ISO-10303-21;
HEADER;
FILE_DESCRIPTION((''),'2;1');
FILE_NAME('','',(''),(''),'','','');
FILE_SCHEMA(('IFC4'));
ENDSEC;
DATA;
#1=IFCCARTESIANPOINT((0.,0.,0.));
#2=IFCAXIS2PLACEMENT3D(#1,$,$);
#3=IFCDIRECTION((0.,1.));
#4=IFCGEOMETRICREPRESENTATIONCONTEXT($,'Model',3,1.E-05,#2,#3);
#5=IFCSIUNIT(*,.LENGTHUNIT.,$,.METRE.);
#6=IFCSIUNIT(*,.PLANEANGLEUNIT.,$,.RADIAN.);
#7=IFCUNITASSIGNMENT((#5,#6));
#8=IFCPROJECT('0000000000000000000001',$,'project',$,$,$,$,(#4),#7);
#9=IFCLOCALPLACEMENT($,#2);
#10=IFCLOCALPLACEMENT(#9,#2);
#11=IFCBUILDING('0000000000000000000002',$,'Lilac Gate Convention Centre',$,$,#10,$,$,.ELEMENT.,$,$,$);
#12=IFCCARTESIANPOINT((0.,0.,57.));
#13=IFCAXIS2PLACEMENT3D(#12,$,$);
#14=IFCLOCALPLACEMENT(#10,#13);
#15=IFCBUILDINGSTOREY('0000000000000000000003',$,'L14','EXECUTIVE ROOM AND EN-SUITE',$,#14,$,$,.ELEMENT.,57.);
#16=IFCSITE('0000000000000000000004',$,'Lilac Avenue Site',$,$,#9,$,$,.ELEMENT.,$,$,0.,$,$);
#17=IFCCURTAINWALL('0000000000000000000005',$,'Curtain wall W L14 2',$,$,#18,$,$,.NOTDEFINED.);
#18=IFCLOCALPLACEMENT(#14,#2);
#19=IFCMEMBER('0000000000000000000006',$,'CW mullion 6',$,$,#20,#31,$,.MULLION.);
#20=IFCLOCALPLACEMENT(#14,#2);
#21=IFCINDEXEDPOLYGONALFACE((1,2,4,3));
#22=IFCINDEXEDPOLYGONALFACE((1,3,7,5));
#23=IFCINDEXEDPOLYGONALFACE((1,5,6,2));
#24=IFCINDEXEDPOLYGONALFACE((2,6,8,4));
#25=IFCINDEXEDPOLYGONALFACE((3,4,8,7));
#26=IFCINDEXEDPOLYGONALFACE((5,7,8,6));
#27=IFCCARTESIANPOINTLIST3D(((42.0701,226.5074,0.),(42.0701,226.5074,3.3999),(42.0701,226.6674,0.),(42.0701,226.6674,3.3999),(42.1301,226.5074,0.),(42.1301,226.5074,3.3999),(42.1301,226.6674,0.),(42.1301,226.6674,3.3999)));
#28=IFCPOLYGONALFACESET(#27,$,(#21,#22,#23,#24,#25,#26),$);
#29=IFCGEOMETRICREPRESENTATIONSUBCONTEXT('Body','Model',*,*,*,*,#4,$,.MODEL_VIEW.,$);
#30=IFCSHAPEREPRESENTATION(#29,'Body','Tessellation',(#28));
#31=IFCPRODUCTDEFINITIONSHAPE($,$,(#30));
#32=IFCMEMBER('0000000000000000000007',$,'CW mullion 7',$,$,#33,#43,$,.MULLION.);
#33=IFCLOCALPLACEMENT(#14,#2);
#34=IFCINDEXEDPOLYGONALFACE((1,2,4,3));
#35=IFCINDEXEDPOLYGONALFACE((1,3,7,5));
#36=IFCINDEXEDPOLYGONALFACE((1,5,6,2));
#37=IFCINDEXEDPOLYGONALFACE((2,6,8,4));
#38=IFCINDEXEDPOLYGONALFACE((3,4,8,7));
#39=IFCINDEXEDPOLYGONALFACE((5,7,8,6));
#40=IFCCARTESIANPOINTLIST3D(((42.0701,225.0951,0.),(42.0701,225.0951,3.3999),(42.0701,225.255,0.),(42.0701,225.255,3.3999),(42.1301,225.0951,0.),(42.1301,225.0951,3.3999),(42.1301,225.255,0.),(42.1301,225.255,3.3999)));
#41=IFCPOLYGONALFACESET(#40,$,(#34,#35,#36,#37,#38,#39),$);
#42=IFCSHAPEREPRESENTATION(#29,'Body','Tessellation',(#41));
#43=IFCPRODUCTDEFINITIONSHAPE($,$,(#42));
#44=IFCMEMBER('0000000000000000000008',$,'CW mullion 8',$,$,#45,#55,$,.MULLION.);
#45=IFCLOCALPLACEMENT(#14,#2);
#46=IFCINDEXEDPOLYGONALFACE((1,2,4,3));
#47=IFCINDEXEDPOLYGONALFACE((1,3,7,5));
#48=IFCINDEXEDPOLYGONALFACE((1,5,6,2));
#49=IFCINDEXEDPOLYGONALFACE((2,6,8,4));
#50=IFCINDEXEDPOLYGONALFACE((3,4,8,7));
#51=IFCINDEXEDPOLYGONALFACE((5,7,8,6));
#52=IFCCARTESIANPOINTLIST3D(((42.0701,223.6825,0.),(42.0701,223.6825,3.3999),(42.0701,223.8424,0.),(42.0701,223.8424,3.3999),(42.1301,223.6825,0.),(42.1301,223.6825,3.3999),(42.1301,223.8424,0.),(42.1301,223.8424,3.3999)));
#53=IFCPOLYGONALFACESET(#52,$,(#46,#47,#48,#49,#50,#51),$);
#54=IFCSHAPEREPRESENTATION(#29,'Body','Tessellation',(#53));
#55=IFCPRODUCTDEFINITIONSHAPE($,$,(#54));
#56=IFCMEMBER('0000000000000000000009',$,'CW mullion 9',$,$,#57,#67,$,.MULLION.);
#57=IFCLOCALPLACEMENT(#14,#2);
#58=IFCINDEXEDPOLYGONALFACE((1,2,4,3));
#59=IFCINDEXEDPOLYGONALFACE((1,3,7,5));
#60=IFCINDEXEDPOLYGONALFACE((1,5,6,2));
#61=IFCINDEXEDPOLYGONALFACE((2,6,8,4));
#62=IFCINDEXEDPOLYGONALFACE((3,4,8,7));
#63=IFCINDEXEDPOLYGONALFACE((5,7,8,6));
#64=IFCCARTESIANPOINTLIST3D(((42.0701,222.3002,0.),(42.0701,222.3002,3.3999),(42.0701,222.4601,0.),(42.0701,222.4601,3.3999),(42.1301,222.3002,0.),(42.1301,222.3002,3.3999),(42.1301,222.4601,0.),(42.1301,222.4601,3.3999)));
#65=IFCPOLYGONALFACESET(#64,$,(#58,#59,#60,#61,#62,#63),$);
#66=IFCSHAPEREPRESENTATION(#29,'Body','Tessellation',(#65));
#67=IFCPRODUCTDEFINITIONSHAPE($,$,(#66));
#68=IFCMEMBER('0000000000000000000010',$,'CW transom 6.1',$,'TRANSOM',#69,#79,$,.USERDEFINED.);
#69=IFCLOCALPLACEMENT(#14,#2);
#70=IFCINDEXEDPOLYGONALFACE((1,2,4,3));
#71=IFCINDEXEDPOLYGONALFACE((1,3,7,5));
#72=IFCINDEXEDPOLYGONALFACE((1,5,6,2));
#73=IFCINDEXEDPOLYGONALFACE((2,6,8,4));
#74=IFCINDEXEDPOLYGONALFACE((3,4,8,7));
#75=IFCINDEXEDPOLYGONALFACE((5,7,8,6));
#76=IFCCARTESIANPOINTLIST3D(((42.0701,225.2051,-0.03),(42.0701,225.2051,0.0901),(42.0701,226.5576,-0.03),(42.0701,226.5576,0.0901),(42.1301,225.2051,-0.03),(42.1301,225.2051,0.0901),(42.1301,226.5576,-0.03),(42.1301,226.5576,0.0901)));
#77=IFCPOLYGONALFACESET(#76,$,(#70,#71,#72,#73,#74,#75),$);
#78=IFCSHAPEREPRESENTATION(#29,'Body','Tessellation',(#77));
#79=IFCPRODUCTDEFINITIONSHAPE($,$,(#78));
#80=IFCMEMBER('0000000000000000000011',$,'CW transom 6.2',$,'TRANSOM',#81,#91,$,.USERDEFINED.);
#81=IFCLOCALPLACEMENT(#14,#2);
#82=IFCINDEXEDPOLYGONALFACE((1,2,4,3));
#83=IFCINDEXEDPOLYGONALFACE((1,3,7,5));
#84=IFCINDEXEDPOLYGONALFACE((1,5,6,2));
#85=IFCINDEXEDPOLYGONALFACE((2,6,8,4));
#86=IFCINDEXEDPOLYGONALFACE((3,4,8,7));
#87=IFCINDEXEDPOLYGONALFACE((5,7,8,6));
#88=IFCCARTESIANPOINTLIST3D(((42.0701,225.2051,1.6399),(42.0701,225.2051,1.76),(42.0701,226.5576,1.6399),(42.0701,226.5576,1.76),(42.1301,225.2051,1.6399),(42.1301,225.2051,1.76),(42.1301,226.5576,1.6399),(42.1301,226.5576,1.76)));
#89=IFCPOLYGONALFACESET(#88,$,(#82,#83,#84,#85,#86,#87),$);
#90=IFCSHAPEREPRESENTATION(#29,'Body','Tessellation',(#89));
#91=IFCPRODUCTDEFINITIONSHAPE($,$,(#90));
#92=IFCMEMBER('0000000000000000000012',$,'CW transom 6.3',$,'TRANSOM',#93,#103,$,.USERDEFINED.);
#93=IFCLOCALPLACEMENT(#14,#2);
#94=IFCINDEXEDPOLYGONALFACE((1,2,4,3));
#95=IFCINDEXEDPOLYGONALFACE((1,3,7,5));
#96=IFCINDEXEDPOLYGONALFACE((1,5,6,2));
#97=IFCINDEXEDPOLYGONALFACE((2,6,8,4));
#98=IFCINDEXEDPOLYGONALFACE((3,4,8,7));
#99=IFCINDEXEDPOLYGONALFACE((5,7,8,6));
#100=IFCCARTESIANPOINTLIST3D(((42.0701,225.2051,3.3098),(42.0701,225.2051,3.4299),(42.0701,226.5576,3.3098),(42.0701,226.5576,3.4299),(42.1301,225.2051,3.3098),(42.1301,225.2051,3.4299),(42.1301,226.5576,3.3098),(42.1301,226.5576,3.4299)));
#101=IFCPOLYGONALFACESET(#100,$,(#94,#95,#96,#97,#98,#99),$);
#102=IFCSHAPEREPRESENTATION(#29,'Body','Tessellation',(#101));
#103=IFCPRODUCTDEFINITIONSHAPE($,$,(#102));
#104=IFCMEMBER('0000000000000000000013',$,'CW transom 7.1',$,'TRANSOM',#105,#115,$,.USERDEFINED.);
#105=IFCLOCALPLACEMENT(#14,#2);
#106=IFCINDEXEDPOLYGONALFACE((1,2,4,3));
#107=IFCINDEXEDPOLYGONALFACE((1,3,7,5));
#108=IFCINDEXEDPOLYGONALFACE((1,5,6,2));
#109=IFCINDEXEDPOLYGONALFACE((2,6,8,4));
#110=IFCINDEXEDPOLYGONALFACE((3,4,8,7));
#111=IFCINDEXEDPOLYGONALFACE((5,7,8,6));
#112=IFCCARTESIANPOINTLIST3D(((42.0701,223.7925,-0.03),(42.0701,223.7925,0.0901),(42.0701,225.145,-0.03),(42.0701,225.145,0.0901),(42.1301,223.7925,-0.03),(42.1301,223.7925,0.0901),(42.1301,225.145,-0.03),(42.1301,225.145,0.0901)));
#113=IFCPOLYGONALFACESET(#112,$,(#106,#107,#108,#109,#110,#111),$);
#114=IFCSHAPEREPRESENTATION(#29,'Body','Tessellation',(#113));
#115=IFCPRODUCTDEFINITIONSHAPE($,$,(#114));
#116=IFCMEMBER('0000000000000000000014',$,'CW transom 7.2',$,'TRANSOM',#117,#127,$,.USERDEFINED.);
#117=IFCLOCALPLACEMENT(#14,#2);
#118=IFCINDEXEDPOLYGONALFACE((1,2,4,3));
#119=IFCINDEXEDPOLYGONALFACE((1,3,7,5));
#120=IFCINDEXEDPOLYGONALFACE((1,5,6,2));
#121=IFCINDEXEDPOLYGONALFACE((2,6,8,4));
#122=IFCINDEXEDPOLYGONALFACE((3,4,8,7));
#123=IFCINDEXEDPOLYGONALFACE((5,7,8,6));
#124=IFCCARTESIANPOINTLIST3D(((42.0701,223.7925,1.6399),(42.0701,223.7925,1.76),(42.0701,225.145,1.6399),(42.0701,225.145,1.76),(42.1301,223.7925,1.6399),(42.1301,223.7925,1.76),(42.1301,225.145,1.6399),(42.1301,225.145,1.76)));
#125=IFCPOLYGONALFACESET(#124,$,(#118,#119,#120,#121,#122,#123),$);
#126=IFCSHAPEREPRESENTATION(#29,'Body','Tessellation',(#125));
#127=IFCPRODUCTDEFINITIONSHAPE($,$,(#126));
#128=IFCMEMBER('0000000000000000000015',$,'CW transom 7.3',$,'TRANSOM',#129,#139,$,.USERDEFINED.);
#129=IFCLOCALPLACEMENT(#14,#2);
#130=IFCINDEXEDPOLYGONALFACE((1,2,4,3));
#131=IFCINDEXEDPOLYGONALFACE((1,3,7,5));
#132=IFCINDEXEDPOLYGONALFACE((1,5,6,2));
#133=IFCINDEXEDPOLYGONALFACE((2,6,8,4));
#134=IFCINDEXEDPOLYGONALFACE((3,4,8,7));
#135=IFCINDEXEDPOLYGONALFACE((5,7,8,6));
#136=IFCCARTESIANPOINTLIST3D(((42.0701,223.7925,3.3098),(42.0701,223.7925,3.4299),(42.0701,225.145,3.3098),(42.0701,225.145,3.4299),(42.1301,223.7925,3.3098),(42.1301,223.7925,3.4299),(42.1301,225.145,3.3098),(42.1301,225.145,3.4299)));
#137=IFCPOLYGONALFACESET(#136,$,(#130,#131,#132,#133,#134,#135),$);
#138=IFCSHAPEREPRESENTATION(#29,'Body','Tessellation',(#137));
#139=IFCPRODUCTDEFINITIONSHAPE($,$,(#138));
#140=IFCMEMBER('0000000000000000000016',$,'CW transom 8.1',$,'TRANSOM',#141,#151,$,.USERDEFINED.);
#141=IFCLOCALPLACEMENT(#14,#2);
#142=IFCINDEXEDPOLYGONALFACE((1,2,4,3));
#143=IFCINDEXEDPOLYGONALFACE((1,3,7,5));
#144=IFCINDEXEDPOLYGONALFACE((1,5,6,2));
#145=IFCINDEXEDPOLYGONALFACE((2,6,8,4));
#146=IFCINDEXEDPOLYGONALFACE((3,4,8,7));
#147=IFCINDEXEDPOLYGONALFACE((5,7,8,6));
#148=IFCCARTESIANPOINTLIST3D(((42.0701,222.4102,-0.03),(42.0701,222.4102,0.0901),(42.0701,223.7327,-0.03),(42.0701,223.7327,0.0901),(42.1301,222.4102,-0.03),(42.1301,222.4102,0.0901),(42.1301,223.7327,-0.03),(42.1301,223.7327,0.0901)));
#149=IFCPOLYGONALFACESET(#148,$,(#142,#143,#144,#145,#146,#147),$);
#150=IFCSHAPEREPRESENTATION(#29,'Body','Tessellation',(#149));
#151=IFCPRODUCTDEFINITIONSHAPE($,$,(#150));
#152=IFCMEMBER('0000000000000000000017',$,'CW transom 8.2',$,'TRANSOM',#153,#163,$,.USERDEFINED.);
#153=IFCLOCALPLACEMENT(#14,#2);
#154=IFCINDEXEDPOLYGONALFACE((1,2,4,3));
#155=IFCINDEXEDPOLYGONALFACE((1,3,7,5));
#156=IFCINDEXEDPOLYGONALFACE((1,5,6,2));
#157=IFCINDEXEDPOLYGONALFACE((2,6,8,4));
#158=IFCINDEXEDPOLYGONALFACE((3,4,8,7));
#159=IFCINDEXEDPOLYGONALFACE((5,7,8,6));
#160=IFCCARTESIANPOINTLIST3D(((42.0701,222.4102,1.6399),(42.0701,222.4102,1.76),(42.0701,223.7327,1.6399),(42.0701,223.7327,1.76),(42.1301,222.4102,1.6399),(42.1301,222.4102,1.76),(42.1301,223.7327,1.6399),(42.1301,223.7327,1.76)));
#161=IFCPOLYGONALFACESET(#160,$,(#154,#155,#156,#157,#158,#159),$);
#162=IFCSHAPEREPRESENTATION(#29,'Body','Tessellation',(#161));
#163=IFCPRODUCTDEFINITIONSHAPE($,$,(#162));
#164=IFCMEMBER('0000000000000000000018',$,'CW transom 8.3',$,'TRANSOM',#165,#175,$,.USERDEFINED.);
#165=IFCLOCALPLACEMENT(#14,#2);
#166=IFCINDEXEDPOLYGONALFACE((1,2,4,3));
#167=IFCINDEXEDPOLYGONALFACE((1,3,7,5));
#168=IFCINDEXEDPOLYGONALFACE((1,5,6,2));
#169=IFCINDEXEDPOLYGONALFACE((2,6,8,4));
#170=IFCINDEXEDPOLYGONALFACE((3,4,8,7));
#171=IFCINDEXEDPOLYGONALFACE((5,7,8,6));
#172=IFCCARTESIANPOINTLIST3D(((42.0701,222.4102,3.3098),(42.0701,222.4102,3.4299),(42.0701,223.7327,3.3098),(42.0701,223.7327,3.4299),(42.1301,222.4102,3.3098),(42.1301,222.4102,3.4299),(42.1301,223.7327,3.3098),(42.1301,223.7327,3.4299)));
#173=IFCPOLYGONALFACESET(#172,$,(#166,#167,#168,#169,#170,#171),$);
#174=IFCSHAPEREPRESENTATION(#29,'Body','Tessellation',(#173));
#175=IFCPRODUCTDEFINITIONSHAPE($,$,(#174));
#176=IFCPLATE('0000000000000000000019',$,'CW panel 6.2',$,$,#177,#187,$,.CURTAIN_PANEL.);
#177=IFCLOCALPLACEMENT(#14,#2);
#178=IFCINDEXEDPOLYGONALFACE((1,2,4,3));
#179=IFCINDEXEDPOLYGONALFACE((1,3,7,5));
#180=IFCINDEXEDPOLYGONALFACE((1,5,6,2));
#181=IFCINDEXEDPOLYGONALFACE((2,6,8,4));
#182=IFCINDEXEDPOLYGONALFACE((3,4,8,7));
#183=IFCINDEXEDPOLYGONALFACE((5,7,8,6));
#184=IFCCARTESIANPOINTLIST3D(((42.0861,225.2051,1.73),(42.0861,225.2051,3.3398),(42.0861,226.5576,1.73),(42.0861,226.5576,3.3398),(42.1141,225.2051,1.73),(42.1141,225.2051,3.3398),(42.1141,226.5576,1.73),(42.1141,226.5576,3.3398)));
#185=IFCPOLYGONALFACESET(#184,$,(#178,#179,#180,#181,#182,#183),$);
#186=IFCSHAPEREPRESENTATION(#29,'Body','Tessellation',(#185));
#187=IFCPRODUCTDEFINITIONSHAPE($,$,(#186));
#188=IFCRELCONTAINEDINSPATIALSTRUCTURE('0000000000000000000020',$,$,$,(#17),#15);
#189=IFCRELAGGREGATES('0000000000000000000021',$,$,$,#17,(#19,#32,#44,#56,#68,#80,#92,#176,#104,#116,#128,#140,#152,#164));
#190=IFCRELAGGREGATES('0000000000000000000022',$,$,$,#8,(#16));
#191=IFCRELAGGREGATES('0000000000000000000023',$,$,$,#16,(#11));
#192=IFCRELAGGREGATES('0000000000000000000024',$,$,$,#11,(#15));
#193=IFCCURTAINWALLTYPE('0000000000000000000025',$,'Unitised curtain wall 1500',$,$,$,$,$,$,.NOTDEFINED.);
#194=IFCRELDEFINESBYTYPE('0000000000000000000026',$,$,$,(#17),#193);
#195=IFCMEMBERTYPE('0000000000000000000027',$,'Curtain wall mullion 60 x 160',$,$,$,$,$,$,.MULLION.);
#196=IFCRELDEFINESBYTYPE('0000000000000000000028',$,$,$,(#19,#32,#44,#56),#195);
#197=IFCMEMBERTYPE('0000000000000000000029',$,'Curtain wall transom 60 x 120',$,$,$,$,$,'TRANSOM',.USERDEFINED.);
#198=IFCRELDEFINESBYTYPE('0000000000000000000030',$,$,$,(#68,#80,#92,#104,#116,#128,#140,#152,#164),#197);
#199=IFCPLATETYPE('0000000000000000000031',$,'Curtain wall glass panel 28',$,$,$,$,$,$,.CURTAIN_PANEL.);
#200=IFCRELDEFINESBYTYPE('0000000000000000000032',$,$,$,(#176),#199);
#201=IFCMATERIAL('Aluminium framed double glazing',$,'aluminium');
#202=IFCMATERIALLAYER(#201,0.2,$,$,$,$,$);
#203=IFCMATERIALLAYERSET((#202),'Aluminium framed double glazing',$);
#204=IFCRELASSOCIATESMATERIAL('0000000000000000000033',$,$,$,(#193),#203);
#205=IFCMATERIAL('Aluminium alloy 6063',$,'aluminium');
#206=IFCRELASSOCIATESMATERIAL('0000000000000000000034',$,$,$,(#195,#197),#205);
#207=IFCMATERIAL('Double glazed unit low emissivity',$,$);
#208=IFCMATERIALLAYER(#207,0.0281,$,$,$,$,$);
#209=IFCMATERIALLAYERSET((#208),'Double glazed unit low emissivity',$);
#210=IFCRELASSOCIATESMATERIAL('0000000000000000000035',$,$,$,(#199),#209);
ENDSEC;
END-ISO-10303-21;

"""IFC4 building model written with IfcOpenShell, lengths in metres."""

from ifc_helpers import new_model, si_unit, direction, frame, origin, origin_2d, place, context, subcontext, project, spatial, rectangle, extrude, material, layer, layer_set, material_profile, profile_set, type_object, element, aggregate, save


model = new_model("IFC4")

# Units and contexts
model_context = context("Model", 3, precision=1e-05, world=origin(), true_north=direction((0.0, 1.0)))
body_context = subcontext(model_context, "Body", "Model", "MODEL_VIEW")
ifc_project = project(units=[si_unit("LENGTHUNIT", "METRE"), si_unit("PLANEANGLEUNIT", "RADIAN")], contexts=[model_context])

# Site, building, storey
site_placement = place(None, origin())
site = spatial("IfcSite", under=ifc_project, at=site_placement, Name="Lilac Avenue Site", CompositionType="ELEMENT", RefElevation=0.0)
building_placement = place(site_placement, origin())
building = spatial("IfcBuilding", under=site, at=building_placement, Name="Lilac Gate Convention Centre", CompositionType="ELEMENT")
storey_placement = place(building_placement, frame((0.0, 0.0, 57.0)))
storey = spatial("IfcBuildingStorey", under=building, at=storey_placement, Name="L14", Description="EXECUTIVE ROOM AND EN-SUITE", CompositionType="ELEMENT", Elevation=57.0)

# Curtain wall, members, plate
ifc_material_1 = material(Name="Aluminium framed double glazing", Category="aluminium")
ifc_layer_1 = layer(ifc_material_1, 0.2)
ifc_layer_set_1 = layer_set([ifc_layer_1], Name="Aluminium framed double glazing")
curtain_wall_type = type_object("IfcCurtainWallType", Name="Unitised curtain wall 1500", PredefinedType="NOTDEFINED", material=ifc_layer_set_1)
curtain_wall_placement = place(storey_placement, origin())
curtain_wall = element("IfcCurtainWall", 1, at=curtain_wall_placement, inside=storey, type_object=curtain_wall_type, Name="Curtain wall W L14 2", PredefinedType="NOTDEFINED")
ifc_material_2 = material(Name="Aluminium alloy 6063", Category="aluminium")
ifc_material_profile_1 = material_profile(ifc_material_2, rectangle(XDim=0.0601, YDim=0.1599, at=origin_2d()), Name="Curtain wall mullion 60 x 160")
ifc_profile_set_1 = profile_set([ifc_material_profile_1], Name="Aluminium alloy 6063")
member_type_1 = type_object("IfcMemberType", Name="Curtain wall mullion 60 x 160", PredefinedType="MULLION", material=ifc_profile_set_1)
member_1_placement = place(storey_placement, frame((42.1001, 226.5874, 0.0), z_axis=(0.0, 0.0, 1.0), x_axis=(1.0, 0.0, 0.0)))
member_1 = element("IfcMember", 2, at=member_1_placement, type_object=member_type_1, Name="CW mullion 6", PredefinedType="MULLION", context=body_context, shape_type="SweptSolid", body=[
    extrude(rectangle(XDim=0.0601, YDim=0.1599, at=origin_2d()), origin(), (0.0, 0.0, 1.0), 3.3999),
])
member_2_placement = place(storey_placement, frame((42.1001, 225.175, 0.0), z_axis=(0.0, 0.0, 1.0), x_axis=(1.0, 0.0, 0.0)))
member_2 = element("IfcMember", 3, at=member_2_placement, type_object=member_type_1, Name="CW mullion 7", PredefinedType="MULLION", context=body_context, shape_type="SweptSolid", body=[
    extrude(rectangle(XDim=0.0601, YDim=0.1599, at=origin_2d()), origin(), (0.0, 0.0, 1.0), 3.3999),
])
member_3_placement = place(storey_placement, frame((42.1001, 223.7625, 0.0), z_axis=(0.0, 0.0, 1.0), x_axis=(1.0, 0.0, 0.0)))
member_3 = element("IfcMember", 4, at=member_3_placement, type_object=member_type_1, Name="CW mullion 8", PredefinedType="MULLION", context=body_context, shape_type="SweptSolid", body=[
    extrude(rectangle(XDim=0.0601, YDim=0.1599, at=origin_2d()), origin(), (0.0, 0.0, 1.0), 3.3999),
])
member_4_placement = place(storey_placement, frame((42.1001, 222.3801, 0.0), z_axis=(0.0, 0.0, 1.0), x_axis=(1.0, 0.0, 0.0)))
member_4 = element("IfcMember", 5, at=member_4_placement, type_object=member_type_1, Name="CW mullion 9", PredefinedType="MULLION", context=body_context, shape_type="SweptSolid", body=[
    extrude(rectangle(XDim=0.0601, YDim=0.1599, at=origin_2d()), origin(), (0.0, 0.0, 1.0), 3.3999),
])
ifc_material_profile_2 = material_profile(ifc_material_2, rectangle(XDim=0.0601, YDim=0.1201, at=origin_2d()), Name="Curtain wall transom 60 x 120")
ifc_profile_set_2 = profile_set([ifc_material_profile_2], Name="Aluminium alloy 6063")
member_type_2 = type_object("IfcMemberType", Name="Curtain wall transom 60 x 120", ElementType="TRANSOM", PredefinedType="USERDEFINED", material=ifc_profile_set_2)
member_5_placement = place(storey_placement, frame((42.1001, 226.5576, 0.03), z_axis=(0.0, -1.0, 0.0), x_axis=(1.0, 0.0, 0.0)))
member_5 = element("IfcMember", 6, at=member_5_placement, type_object=member_type_2, Name="CW transom 6.1", ObjectType="TRANSOM", PredefinedType="USERDEFINED", context=body_context, shape_type="SweptSolid", body=[
    extrude(rectangle(XDim=0.0601, YDim=0.1201, at=origin_2d()), origin(), (0.0, 0.0, 1.0), 1.3525),
])
member_6_placement = place(storey_placement, frame((42.1001, 226.5576, 1.7), z_axis=(0.0, -1.0, 0.0), x_axis=(1.0, 0.0, 0.0)))
member_6 = element("IfcMember", 7, at=member_6_placement, type_object=member_type_2, Name="CW transom 6.2", ObjectType="TRANSOM", PredefinedType="USERDEFINED", context=body_context, shape_type="SweptSolid", body=[
    extrude(rectangle(XDim=0.0601, YDim=0.1201, at=origin_2d()), origin(), (0.0, 0.0, 1.0), 1.3525),
])
member_7_placement = place(storey_placement, frame((42.1001, 226.5576, 3.3699), z_axis=(0.0, -1.0, 0.0), x_axis=(1.0, 0.0, 0.0)))
member_7 = element("IfcMember", 8, at=member_7_placement, type_object=member_type_2, Name="CW transom 6.3", ObjectType="TRANSOM", PredefinedType="USERDEFINED", context=body_context, shape_type="SweptSolid", body=[
    extrude(rectangle(XDim=0.0601, YDim=0.1201, at=origin_2d()), origin(), (0.0, 0.0, 1.0), 1.3525),
])
member_8_placement = place(storey_placement, frame((42.1001, 225.145, 0.03), z_axis=(0.0, -1.0, 0.0), x_axis=(1.0, 0.0, 0.0)))
member_8 = element("IfcMember", 9, at=member_8_placement, type_object=member_type_2, Name="CW transom 7.1", ObjectType="TRANSOM", PredefinedType="USERDEFINED", context=body_context, shape_type="SweptSolid", body=[
    extrude(rectangle(XDim=0.0601, YDim=0.1201, at=origin_2d()), origin(), (0.0, 0.0, 1.0), 1.3525),
])
member_9_placement = place(storey_placement, frame((42.1001, 225.145, 1.7), z_axis=(0.0, -1.0, 0.0), x_axis=(1.0, 0.0, 0.0)))
member_9 = element("IfcMember", 10, at=member_9_placement, type_object=member_type_2, Name="CW transom 7.2", ObjectType="TRANSOM", PredefinedType="USERDEFINED", context=body_context, shape_type="SweptSolid", body=[
    extrude(rectangle(XDim=0.0601, YDim=0.1201, at=origin_2d()), origin(), (0.0, 0.0, 1.0), 1.3525),
])
member_10_placement = place(storey_placement, frame((42.1001, 225.145, 3.3699), z_axis=(0.0, -1.0, 0.0), x_axis=(1.0, 0.0, 0.0)))
member_10 = element("IfcMember", 11, at=member_10_placement, type_object=member_type_2, Name="CW transom 7.3", ObjectType="TRANSOM", PredefinedType="USERDEFINED", context=body_context, shape_type="SweptSolid", body=[
    extrude(rectangle(XDim=0.0601, YDim=0.1201, at=origin_2d()), origin(), (0.0, 0.0, 1.0), 1.3525),
])
member_11_placement = place(storey_placement, frame((42.1001, 223.7327, 0.03), z_axis=(0.0, -1.0, 0.0), x_axis=(1.0, 0.0, 0.0)))
member_11 = element("IfcMember", 12, at=member_11_placement, type_object=member_type_2, Name="CW transom 8.1", ObjectType="TRANSOM", PredefinedType="USERDEFINED", context=body_context, shape_type="SweptSolid", body=[
    extrude(rectangle(XDim=0.0601, YDim=0.1201, at=origin_2d()), origin(), (0.0, 0.0, 1.0), 1.3225),
])
member_12_placement = place(storey_placement, frame((42.1001, 223.7327, 1.7), z_axis=(0.0, -1.0, 0.0), x_axis=(1.0, 0.0, 0.0)))
member_12 = element("IfcMember", 13, at=member_12_placement, type_object=member_type_2, Name="CW transom 8.2", ObjectType="TRANSOM", PredefinedType="USERDEFINED", context=body_context, shape_type="SweptSolid", body=[
    extrude(rectangle(XDim=0.0601, YDim=0.1201, at=origin_2d()), origin(), (0.0, 0.0, 1.0), 1.3225),
])
member_13_placement = place(storey_placement, frame((42.1001, 223.7327, 3.3699), z_axis=(0.0, -1.0, 0.0), x_axis=(1.0, 0.0, 0.0)))
member_13 = element("IfcMember", 14, at=member_13_placement, type_object=member_type_2, Name="CW transom 8.3", ObjectType="TRANSOM", PredefinedType="USERDEFINED", context=body_context, shape_type="SweptSolid", body=[
    extrude(rectangle(XDim=0.0601, YDim=0.1201, at=origin_2d()), origin(), (0.0, 0.0, 1.0), 1.3225),
])
ifc_material_3 = material(Name="Double glazed unit low emissivity")
ifc_layer_2 = layer(ifc_material_3, 0.0281)
ifc_layer_set_2 = layer_set([ifc_layer_2], Name="Double glazed unit low emissivity")
plate_type_1 = type_object("IfcPlateType", Name="Curtain wall glass panel 28", PredefinedType="CURTAIN_PANEL", material=ifc_layer_set_2)
plate_1_placement = place(storey_placement, frame((42.1001, 225.8813, 1.73), z_axis=(0.0, 0.0, 1.0), x_axis=(0.0, -1.0, 0.0)))
plate_1 = element("IfcPlate", 15, at=plate_1_placement, type_object=plate_type_1, Name="CW panel 6.2", PredefinedType="CURTAIN_PANEL", context=body_context, shape_type="SweptSolid", body=[
    extrude(rectangle(XDim=1.3525, YDim=0.0281, at=origin_2d()), origin(), (0.0, 0.0, 1.0), 1.6099),
])
aggregate(curtain_wall, [member_1, member_2, member_3, member_4, member_5, member_6, member_7, plate_1, member_8, member_9, member_10, member_11, member_12, member_13])

save(model, "model.ifc")
